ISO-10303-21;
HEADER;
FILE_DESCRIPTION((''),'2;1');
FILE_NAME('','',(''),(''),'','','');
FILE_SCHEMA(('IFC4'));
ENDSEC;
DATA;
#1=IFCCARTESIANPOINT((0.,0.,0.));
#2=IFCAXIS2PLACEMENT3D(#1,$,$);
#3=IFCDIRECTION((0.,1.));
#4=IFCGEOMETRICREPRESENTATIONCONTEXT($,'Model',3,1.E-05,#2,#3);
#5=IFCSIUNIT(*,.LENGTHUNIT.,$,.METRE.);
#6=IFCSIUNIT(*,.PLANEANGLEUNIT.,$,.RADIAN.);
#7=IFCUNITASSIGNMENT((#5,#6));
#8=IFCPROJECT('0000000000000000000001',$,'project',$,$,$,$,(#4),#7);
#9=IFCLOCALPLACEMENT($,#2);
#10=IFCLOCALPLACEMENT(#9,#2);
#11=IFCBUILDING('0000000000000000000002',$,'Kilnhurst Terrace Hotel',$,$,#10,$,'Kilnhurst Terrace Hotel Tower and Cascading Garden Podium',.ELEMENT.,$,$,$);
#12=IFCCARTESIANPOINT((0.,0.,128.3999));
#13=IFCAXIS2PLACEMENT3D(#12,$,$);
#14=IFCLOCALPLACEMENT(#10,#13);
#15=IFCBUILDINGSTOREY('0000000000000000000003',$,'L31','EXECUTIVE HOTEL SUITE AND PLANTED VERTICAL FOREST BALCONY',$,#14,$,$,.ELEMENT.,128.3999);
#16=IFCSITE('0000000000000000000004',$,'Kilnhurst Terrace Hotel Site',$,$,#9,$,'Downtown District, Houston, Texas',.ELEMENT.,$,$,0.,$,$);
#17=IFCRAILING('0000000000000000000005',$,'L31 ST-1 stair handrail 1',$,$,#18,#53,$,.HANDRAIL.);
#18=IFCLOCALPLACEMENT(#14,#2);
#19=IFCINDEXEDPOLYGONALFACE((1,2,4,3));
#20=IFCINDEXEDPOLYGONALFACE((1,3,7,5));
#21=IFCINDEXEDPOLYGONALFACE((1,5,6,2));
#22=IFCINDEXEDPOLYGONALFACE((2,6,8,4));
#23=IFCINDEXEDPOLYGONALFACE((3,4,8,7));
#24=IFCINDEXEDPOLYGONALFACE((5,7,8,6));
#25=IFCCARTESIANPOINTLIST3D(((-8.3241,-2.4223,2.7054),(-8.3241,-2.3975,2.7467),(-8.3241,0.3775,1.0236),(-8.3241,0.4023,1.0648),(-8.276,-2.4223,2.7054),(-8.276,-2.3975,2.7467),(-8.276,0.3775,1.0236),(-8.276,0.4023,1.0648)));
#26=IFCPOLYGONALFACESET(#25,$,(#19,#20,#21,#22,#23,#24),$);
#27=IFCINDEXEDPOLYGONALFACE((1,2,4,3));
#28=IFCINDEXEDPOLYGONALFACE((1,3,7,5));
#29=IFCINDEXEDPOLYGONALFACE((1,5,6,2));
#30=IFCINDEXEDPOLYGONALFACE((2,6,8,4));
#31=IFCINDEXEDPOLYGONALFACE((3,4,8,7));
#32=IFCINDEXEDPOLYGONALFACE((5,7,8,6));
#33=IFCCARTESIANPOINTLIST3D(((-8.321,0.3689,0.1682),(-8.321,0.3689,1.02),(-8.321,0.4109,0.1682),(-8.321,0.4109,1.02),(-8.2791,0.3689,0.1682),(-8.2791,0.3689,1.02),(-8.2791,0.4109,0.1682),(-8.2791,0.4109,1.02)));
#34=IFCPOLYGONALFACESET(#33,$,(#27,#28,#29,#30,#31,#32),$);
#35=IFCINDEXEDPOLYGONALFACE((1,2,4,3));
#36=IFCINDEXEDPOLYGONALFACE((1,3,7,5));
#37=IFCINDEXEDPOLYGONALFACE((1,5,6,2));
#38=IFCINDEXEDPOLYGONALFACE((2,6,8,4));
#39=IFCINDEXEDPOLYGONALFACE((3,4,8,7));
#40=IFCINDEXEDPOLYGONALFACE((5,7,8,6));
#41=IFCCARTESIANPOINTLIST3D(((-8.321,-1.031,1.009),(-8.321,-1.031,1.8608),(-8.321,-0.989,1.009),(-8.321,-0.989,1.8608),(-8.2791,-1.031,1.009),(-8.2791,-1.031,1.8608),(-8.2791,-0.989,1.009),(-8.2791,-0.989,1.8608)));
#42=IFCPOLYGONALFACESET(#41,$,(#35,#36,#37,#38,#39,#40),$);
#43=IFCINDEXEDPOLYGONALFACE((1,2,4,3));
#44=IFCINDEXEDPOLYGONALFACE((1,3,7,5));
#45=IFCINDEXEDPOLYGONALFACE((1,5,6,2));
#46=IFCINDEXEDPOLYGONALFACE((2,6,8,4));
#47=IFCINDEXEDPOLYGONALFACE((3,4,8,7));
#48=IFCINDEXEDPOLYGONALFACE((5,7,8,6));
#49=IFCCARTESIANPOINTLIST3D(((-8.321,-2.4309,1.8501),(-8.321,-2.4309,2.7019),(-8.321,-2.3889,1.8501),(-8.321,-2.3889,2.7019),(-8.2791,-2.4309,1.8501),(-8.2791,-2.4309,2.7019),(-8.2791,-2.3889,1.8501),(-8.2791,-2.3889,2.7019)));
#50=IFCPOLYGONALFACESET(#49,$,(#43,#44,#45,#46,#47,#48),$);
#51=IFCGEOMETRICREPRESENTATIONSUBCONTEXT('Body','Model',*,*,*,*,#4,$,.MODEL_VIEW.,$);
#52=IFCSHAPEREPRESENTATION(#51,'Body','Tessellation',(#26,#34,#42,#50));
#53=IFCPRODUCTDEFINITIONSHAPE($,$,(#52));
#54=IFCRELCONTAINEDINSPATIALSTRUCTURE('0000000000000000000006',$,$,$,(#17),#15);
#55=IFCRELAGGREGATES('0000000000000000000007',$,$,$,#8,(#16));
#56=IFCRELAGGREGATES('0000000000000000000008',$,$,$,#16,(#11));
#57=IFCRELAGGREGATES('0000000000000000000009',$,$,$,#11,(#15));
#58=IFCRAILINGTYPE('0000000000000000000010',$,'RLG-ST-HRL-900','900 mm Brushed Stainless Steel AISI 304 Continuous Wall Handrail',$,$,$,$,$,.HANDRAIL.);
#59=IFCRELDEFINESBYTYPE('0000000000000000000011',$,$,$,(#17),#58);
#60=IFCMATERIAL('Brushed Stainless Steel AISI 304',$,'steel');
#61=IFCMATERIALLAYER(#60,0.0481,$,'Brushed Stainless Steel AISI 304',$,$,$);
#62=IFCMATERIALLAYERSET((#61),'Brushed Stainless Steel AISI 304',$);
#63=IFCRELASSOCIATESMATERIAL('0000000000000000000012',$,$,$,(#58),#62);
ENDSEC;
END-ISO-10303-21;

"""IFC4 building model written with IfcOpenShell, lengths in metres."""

from ifc_helpers import new_model, si_unit, direction, frame, origin, origin_2d, place, context, subcontext, project, spatial, rectangle, extrude, material, layer, layer_set, type_object, element, save


model = new_model("IFC4")

# Units and contexts
model_context = context("Model", 3, precision=1e-05, world=origin(), true_north=direction((0.0, 1.0)))
body_context = subcontext(model_context, "Body", "Model", "MODEL_VIEW")
ifc_project = project(units=[si_unit("LENGTHUNIT", "METRE"), si_unit("PLANEANGLEUNIT", "RADIAN")], contexts=[model_context])

# Site, building, storey
site_placement = place(None, origin())
site = spatial("IfcSite", under=ifc_project, at=site_placement, Name="Kilnhurst Terrace Hotel Site", LongName="Downtown District, Houston, Texas", CompositionType="ELEMENT", RefElevation=0.0)
building_placement = place(site_placement, origin())
building = spatial("IfcBuilding", under=site, at=building_placement, Name="Kilnhurst Terrace Hotel", LongName="Kilnhurst Terrace Hotel Tower and Cascading Garden Podium", CompositionType="ELEMENT")
storey_placement = place(building_placement, frame((0.0, 0.0, 128.3999)))
storey = spatial("IfcBuildingStorey", under=building, at=storey_placement, Name="L31", Description="EXECUTIVE HOTEL SUITE AND PLANTED VERTICAL FOREST BALCONY", CompositionType="ELEMENT", Elevation=128.3999)

# Railing
ifc_material_1 = material(Name="Brushed Stainless Steel AISI 304", Category="steel")
ifc_layer_1 = layer(ifc_material_1, 0.0481, Name="Brushed Stainless Steel AISI 304")
ifc_layer_set_1 = layer_set([ifc_layer_1], Name="Brushed Stainless Steel AISI 304")
railing_type_1 = type_object("IfcRailingType", Name="RLG-ST-HRL-900", Description="900 mm Brushed Stainless Steel AISI 304 Continuous Wall Handrail", PredefinedType="HANDRAIL", material=ifc_layer_set_1)
railing_1_placement = place(storey_placement, frame((-8.3, 0.3899, 0.1682)))
element("IfcRailing", 1, at=railing_1_placement, inside=storey, type_object=railing_type_1, Name="L31 ST-1 stair handrail 1", PredefinedType="HANDRAIL", context=body_context, shape_type="SweptSolid", body=[
    extrude(rectangle(XDim=0.0481, YDim=0.0481, at=origin_2d()), frame((0.0, 0.0, 0.876), z_axis=(0.0, -0.857222, 0.514946), x_axis=(1.0, 0.0, 0.0)), (0.0, 0.0, 1.0), 3.2661),
    extrude(rectangle(XDim=0.042, YDim=0.042, at=origin_2d()), origin(), (0.0, 0.0, 1.0), 0.8518),
    extrude(rectangle(XDim=0.042, YDim=0.042, at=origin_2d()), frame((0.0, -1.3999, 0.8408)), (0.0, 0.0, 1.0), 0.8518),
    extrude(rectangle(XDim=0.042, YDim=0.042, at=origin_2d()), frame((0.0, -2.7998, 1.6819)), (0.0, 0.0, 1.0), 0.8518),
])

save(model, "model.ifc")
